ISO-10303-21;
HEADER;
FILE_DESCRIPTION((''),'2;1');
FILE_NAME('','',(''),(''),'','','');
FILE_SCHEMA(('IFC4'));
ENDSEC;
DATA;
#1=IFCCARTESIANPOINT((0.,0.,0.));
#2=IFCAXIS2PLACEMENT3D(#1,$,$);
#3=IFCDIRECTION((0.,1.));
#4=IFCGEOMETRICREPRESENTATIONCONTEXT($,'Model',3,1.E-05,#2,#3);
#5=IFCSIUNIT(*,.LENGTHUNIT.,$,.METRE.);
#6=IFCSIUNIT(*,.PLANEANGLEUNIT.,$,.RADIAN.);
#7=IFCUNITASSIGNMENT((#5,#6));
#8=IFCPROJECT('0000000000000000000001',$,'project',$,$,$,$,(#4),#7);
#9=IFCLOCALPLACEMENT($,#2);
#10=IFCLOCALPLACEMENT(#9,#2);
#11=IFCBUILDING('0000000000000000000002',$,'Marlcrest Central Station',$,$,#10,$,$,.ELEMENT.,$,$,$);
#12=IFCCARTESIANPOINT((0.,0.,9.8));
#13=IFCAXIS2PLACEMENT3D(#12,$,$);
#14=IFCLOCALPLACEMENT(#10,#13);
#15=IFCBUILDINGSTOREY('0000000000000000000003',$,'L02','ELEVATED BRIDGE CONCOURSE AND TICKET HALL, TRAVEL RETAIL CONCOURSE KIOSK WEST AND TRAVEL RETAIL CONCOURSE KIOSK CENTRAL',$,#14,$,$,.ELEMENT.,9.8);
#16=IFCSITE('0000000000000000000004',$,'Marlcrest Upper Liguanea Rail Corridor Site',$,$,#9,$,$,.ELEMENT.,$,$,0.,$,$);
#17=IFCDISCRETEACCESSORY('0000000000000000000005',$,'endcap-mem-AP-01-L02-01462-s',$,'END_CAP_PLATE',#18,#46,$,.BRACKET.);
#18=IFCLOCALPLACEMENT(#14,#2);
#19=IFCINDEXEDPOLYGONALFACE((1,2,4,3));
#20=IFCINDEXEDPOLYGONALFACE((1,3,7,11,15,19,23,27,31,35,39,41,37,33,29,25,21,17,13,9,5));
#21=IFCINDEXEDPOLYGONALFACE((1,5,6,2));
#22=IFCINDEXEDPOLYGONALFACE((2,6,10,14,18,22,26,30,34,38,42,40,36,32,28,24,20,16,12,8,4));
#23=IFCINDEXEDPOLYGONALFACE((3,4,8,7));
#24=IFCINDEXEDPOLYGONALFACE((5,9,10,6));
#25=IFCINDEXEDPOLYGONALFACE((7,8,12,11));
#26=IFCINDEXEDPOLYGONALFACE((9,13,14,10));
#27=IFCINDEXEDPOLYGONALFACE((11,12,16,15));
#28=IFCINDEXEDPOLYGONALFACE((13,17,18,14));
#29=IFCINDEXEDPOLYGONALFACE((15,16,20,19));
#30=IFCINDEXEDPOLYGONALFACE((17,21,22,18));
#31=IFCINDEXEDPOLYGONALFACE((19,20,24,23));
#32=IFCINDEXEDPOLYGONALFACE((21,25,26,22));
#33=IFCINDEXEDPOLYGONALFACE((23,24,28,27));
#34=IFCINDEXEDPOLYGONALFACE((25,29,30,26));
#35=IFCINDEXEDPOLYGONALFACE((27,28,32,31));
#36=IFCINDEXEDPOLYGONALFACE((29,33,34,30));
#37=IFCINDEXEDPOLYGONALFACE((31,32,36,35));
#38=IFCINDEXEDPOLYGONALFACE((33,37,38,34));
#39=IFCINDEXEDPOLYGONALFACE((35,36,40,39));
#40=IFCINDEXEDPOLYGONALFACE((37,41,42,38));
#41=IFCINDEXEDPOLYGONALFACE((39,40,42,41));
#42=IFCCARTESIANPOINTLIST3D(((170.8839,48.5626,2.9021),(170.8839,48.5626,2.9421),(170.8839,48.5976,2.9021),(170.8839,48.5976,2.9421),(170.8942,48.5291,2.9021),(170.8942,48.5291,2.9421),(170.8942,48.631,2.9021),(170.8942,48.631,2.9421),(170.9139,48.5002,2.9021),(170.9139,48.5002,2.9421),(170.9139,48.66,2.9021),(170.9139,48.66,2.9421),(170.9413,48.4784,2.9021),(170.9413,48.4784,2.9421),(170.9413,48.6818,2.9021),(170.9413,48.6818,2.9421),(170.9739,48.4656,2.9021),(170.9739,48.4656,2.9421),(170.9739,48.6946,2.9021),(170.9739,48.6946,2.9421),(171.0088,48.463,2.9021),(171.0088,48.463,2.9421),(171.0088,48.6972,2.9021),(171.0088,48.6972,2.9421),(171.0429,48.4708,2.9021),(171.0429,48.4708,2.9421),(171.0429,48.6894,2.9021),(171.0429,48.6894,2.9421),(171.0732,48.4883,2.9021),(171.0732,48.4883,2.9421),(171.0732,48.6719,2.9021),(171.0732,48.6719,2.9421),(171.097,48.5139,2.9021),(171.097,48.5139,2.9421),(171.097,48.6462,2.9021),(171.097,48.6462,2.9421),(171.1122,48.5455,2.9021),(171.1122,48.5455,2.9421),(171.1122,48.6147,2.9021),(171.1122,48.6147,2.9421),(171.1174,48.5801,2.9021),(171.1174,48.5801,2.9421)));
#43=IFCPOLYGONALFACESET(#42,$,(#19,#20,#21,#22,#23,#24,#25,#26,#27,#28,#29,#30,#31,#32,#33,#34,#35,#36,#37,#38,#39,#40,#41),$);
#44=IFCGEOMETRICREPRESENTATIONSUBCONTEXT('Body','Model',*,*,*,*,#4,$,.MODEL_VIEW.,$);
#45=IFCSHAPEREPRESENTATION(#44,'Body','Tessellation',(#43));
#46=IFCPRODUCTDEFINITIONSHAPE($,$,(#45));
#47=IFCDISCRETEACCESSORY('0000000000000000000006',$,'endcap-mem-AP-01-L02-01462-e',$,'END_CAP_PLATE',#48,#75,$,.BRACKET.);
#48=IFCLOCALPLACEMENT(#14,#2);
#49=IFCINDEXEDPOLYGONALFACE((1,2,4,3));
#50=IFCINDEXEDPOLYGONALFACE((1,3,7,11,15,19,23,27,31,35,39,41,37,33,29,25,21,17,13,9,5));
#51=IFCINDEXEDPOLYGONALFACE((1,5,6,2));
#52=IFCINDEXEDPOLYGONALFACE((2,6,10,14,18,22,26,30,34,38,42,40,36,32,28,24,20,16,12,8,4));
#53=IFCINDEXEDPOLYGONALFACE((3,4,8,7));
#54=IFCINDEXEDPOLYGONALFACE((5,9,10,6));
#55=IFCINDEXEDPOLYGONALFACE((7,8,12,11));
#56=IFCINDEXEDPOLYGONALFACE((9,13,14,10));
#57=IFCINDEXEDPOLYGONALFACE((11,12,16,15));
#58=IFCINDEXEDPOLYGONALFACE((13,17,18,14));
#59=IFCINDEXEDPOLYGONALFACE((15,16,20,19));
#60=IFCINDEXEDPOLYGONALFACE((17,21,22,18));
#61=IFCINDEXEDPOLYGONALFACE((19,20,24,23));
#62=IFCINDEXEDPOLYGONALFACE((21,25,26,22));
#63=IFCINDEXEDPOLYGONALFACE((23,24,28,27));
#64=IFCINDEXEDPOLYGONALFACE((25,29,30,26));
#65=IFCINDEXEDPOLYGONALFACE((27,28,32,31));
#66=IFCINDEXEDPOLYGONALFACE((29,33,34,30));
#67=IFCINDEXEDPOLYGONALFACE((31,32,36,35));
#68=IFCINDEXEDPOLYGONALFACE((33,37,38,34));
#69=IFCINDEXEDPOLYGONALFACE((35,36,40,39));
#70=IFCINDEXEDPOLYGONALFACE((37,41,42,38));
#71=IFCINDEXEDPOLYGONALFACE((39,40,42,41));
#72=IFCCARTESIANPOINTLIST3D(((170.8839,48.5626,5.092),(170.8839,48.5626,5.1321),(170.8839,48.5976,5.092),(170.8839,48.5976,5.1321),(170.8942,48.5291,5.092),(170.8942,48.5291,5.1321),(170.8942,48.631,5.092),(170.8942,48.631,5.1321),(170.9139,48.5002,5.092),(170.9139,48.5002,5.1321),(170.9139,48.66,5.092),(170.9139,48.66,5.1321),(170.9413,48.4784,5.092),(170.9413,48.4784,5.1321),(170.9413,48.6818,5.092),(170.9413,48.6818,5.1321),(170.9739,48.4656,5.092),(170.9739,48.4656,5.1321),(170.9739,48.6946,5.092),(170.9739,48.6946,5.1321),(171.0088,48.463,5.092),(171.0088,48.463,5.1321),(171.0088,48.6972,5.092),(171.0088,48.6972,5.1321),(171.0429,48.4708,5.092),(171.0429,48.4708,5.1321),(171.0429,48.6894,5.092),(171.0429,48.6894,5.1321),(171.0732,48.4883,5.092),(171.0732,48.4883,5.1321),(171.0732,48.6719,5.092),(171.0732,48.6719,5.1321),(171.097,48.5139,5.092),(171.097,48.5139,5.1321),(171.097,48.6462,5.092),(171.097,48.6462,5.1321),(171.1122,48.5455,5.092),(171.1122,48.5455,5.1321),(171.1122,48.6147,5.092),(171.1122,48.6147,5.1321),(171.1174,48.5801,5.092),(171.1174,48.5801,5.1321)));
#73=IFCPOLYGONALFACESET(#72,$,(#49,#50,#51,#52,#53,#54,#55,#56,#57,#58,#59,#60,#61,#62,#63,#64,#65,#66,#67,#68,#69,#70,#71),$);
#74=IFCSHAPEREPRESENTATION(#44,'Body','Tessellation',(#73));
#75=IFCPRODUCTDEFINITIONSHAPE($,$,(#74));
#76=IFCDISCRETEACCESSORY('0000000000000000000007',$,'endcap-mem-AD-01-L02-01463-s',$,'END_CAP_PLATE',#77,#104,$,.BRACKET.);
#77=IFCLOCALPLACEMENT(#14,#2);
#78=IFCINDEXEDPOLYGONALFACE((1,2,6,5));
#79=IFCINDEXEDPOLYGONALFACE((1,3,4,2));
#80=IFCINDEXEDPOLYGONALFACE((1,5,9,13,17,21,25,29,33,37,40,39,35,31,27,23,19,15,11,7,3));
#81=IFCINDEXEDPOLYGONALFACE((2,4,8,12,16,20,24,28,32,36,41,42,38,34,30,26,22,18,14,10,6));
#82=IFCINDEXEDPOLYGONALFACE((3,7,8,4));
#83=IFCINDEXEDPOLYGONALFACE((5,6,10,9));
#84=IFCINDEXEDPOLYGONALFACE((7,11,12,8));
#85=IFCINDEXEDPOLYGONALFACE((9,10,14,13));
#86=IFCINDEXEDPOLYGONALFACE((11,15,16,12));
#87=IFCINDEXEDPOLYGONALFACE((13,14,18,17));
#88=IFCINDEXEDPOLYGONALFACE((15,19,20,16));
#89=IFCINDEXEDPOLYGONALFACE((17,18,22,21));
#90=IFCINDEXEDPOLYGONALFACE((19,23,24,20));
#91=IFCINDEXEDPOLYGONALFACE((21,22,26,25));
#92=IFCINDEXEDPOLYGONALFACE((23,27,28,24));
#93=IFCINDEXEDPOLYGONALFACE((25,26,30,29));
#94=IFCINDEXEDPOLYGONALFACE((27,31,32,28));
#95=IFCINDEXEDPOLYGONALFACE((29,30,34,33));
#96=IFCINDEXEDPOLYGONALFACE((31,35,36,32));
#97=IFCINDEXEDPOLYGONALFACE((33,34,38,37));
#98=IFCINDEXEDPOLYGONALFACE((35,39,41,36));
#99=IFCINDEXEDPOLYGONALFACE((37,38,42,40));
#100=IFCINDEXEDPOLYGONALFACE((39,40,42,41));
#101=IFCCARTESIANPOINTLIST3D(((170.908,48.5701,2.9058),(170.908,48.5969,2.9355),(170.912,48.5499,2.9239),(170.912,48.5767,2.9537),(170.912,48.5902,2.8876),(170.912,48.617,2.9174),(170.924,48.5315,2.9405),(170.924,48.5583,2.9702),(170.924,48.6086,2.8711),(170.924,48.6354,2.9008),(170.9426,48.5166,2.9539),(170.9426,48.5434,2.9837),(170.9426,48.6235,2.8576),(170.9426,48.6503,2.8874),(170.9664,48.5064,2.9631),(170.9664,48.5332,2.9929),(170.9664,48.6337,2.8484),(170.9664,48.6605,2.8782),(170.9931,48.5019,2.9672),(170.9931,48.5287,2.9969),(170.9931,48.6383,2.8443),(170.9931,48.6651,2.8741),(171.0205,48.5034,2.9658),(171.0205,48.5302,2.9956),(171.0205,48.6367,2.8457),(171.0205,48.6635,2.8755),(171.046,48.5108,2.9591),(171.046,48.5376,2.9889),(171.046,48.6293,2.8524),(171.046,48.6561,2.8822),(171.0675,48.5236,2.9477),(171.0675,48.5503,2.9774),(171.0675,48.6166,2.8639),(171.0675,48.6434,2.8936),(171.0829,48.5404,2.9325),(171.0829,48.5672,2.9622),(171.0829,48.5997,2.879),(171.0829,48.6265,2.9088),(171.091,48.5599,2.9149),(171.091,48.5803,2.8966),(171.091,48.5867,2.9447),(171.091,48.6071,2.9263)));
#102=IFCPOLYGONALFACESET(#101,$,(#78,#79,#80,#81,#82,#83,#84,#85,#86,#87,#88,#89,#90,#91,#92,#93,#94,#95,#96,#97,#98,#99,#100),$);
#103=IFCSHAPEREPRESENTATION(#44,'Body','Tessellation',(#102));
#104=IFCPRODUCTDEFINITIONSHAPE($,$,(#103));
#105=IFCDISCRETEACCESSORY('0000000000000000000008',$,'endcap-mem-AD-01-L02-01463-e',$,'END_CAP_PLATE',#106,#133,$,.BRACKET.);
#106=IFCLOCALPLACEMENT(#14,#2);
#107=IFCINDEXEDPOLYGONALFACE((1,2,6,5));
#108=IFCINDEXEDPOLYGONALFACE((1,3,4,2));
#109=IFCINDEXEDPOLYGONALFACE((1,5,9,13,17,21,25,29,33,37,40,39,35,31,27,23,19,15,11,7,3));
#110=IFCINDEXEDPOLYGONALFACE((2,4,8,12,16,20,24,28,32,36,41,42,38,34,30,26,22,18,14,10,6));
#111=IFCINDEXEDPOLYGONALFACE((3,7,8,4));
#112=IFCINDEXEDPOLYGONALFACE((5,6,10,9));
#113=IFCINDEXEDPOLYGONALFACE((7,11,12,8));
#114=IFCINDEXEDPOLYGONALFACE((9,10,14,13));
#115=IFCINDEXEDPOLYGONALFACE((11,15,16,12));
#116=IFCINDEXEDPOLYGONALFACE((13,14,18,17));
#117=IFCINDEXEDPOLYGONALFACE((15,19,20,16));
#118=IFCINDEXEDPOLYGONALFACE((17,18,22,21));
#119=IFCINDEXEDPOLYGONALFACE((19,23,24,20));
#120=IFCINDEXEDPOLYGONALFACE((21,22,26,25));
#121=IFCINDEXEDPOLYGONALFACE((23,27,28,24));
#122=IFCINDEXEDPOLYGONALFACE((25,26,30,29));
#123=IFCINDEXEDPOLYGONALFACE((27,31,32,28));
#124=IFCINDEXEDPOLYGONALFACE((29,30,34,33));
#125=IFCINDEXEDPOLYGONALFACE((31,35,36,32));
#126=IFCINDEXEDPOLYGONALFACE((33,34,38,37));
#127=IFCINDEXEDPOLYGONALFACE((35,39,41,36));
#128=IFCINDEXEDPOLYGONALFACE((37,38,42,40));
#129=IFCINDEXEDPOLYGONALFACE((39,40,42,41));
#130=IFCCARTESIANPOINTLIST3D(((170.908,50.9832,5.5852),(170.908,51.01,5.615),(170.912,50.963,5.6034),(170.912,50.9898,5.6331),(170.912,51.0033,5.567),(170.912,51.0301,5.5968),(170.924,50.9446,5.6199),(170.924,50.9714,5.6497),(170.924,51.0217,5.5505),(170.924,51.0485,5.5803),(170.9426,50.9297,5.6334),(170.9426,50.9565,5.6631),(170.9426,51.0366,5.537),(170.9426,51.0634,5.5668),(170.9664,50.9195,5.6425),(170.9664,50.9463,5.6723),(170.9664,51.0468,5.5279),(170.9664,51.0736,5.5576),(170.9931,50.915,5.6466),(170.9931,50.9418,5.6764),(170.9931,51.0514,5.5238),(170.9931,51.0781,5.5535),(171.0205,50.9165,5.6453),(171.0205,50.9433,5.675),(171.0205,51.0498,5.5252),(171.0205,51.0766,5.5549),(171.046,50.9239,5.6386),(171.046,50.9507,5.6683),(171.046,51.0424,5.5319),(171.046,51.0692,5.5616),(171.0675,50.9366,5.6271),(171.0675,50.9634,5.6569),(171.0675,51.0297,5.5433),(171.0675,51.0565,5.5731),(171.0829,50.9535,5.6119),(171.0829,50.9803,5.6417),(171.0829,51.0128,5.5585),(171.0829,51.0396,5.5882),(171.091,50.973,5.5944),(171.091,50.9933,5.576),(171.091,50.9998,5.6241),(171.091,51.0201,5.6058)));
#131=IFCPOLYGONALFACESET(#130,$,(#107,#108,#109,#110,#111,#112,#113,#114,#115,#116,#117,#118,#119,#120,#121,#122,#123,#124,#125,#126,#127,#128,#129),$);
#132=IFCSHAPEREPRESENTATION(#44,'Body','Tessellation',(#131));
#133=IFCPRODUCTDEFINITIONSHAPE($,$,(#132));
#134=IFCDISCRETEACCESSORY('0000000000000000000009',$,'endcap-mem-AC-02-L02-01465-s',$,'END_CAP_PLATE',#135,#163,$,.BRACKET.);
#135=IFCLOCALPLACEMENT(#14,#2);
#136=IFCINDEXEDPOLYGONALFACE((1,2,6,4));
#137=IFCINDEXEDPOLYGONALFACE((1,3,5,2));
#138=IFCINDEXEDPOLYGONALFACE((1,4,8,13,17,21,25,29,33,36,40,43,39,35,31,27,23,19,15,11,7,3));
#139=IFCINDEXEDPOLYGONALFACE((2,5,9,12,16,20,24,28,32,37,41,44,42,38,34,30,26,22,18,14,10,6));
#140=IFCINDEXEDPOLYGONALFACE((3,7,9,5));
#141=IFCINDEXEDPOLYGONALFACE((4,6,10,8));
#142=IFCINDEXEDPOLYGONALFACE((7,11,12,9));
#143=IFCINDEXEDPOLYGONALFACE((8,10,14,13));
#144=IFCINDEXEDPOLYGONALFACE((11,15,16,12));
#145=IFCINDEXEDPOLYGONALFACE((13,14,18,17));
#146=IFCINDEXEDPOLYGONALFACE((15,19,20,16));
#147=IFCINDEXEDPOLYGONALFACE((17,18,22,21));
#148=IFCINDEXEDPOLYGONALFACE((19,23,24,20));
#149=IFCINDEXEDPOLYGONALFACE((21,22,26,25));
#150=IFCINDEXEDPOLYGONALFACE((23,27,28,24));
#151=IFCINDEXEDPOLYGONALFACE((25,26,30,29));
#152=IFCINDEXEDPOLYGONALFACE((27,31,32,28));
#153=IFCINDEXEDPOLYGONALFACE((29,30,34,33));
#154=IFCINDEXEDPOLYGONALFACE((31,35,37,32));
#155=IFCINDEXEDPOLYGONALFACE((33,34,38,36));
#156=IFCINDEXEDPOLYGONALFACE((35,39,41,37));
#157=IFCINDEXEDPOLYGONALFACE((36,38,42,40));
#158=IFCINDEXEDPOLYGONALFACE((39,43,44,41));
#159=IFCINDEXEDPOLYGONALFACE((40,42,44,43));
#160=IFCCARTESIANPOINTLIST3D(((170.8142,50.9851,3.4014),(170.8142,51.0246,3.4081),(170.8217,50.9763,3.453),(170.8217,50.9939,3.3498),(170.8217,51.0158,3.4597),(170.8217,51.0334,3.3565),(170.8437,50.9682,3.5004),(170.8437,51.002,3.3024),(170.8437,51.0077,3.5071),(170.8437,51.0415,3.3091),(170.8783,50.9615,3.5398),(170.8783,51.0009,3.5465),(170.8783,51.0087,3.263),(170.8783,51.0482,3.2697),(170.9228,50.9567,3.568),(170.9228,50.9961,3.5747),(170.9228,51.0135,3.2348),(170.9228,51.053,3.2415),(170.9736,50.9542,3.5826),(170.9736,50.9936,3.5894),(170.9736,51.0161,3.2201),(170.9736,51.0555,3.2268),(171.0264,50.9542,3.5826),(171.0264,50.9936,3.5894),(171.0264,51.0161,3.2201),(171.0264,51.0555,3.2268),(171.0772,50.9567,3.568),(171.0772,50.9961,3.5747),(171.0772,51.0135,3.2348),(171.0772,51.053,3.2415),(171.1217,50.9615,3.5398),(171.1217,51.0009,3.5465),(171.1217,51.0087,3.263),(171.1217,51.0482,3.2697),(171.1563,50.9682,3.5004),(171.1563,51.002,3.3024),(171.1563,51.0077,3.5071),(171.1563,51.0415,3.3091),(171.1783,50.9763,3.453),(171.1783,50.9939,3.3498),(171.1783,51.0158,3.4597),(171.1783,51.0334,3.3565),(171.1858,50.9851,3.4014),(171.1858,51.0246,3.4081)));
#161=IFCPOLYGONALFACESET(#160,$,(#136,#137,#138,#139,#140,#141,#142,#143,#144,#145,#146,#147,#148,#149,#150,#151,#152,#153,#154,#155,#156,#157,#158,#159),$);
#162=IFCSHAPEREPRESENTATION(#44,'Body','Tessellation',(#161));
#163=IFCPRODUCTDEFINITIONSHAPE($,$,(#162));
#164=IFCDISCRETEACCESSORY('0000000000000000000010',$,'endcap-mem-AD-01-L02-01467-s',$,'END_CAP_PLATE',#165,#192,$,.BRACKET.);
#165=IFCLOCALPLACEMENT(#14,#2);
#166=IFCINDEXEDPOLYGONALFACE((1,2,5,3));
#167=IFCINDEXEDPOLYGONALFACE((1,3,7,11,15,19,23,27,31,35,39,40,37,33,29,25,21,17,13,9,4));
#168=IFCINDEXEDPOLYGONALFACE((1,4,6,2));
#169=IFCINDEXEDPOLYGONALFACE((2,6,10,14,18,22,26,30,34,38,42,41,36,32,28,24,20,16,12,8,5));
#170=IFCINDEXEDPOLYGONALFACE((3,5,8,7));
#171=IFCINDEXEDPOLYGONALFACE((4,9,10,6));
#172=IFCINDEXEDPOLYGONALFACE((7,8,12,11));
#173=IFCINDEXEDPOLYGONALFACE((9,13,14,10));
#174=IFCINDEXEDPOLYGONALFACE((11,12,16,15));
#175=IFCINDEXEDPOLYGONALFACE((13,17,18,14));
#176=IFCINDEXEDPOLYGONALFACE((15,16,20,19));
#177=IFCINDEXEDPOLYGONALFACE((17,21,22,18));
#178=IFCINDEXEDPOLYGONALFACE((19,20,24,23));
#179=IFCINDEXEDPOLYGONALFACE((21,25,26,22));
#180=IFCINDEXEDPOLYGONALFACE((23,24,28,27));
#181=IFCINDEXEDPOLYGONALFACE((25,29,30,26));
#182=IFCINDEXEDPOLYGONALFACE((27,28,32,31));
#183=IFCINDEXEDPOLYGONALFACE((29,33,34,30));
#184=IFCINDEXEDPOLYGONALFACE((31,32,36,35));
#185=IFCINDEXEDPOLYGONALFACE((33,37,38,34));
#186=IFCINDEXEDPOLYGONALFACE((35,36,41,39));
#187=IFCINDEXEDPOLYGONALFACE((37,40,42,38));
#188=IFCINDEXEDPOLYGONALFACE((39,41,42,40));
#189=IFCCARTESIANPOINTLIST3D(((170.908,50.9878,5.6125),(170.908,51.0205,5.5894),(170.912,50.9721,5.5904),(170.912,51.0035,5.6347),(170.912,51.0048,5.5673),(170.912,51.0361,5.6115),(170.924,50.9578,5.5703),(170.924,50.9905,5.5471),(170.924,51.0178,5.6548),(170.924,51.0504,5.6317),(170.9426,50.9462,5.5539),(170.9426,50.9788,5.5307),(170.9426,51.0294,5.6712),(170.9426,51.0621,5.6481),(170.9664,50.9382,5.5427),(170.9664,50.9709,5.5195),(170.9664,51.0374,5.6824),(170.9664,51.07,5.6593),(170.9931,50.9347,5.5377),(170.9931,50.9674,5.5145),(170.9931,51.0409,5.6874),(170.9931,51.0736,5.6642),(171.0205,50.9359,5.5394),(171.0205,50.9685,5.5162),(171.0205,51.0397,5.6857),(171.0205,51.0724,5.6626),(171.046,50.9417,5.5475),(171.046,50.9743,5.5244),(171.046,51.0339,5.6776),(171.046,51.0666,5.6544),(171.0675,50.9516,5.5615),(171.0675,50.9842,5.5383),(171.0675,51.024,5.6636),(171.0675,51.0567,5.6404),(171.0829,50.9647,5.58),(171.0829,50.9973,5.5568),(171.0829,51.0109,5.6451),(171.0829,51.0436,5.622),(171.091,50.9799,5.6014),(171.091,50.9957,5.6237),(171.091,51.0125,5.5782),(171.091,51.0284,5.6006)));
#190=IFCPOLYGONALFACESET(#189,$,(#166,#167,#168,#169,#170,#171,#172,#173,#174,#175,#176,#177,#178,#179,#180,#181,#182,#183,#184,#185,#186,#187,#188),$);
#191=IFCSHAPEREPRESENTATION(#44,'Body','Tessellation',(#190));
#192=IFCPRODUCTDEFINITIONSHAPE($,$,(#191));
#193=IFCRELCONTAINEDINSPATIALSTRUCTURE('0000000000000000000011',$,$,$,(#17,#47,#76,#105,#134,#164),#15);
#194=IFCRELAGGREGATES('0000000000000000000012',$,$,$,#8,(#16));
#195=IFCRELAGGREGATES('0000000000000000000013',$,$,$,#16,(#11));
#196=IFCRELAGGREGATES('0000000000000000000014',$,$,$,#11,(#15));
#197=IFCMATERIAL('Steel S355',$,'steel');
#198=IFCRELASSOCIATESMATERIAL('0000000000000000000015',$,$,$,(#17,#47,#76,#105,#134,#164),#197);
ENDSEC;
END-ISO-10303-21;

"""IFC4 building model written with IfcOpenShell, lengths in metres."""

from ifc_helpers import new_model, si_unit, direction, frame, origin, origin_2d, place, context, subcontext, project, spatial, circle, extrude, material, element, save


model = new_model("IFC4")

# Units and contexts
model_context = context("Model", 3, precision=1e-05, world=origin(), true_north=direction((0.0, 1.0)))
body_context = subcontext(model_context, "Body", "Model", "MODEL_VIEW")
ifc_project = project(units=[si_unit("LENGTHUNIT", "METRE"), si_unit("PLANEANGLEUNIT", "RADIAN")], contexts=[model_context])

# Site, building, storey
site_placement = place(None, origin())
site = spatial("IfcSite", under=ifc_project, at=site_placement, Name="Marlcrest Upper Liguanea Rail Corridor Site", CompositionType="ELEMENT", RefElevation=0.0)
building_placement = place(site_placement, origin())
building = spatial("IfcBuilding", under=site, at=building_placement, Name="Marlcrest Central Station", CompositionType="ELEMENT")
storey_placement = place(building_placement, frame((0.0, 0.0, 9.8)))
storey = spatial("IfcBuildingStorey", under=building, at=storey_placement, Name="L02", Description="ELEVATED BRIDGE CONCOURSE AND TICKET HALL, TRAVEL RETAIL CONCOURSE KIOSK WEST AND TRAVEL RETAIL CONCOURSE KIOSK CENTRAL", CompositionType="ELEMENT", Elevation=9.8)

# Shared definitions
ifc_material_1 = material(Name="Steel S355", Category="steel")

# Discrete accessories
for number, where, z_axis, x_axis, name in (
    (1, (171.0, 48.5801, 2.9021), (0.0, 0.0, 1.0), (1.0, 0.0, 0.0), "endcap-mem-AP-01-L02-01462-s"),
    (2, (171.0, 48.5801, 5.092), (0.0, 0.0, 1.0), (1.0, 0.0, 0.0), "endcap-mem-AP-01-L02-01462-e"),
):
    element("IfcDiscreteAccessory", number, at=place(storey_placement, frame(where, z_axis=z_axis, x_axis=x_axis)), inside=storey, material=ifc_material_1, Name=name, ObjectType="END_CAP_PLATE", PredefinedType="BRACKET", context=body_context, shape_type="SweptSolid", body=[
        extrude(circle(Radius=0.1174, at=origin_2d()), origin(), (0.0, 0.0, 1.0), 0.04),
    ])
for number, where, z_axis, x_axis, name in (
    (3, (171.0, 48.5701, 2.9058), (0.0, 0.669244, 0.743042), (-1.0, 0.0, 0.0), "endcap-mem-AD-01-L02-01463-s"),
    (4, (171.0, 50.9832, 5.5852), (0.0, 0.669244, 0.743042), (-1.0, 0.0, 0.0), "endcap-mem-AD-01-L02-01463-e"),
):
    element("IfcDiscreteAccessory", number, at=place(storey_placement, frame(where, z_axis=z_axis, x_axis=x_axis)), inside=storey, material=ifc_material_1, Name=name, ObjectType="END_CAP_PLATE", PredefinedType="BRACKET", context=body_context, shape_type="SweptSolid", body=[
        extrude(circle(Radius=0.092, at=origin_2d()), origin(), (0.0, 0.0, 1.0), 0.04),
    ])
discrete_accessory_1_placement = place(storey_placement, frame((171.0, 50.9851, 3.4014), z_axis=(0.0, 0.985741, 0.168269), x_axis=(-1.0, 0.0, 0.0)))
element("IfcDiscreteAccessory", 5, at=discrete_accessory_1_placement, inside=storey, material=ifc_material_1, Name="endcap-mem-AC-02-L02-01465-s", ObjectType="END_CAP_PLATE", PredefinedType="BRACKET", context=body_context, shape_type="SweptSolid", body=[
    extrude(circle(Radius=0.1858, at=origin_2d()), origin(), (0.0, 0.0, 1.0), 0.04),
])
discrete_accessory_2_placement = place(storey_placement, frame((171.0, 50.9878, 5.6125), z_axis=(0.0, 0.815661, -0.57853), x_axis=(-1.0, 0.0, 0.0)))
element("IfcDiscreteAccessory", 6, at=discrete_accessory_2_placement, inside=storey, material=ifc_material_1, Name="endcap-mem-AD-01-L02-01467-s", ObjectType="END_CAP_PLATE", PredefinedType="BRACKET", context=body_context, shape_type="SweptSolid", body=[
    extrude(circle(Radius=0.092, at=origin_2d()), origin(), (0.0, 0.0, 1.0), 0.04),
])

save(model, "model.ifc")
